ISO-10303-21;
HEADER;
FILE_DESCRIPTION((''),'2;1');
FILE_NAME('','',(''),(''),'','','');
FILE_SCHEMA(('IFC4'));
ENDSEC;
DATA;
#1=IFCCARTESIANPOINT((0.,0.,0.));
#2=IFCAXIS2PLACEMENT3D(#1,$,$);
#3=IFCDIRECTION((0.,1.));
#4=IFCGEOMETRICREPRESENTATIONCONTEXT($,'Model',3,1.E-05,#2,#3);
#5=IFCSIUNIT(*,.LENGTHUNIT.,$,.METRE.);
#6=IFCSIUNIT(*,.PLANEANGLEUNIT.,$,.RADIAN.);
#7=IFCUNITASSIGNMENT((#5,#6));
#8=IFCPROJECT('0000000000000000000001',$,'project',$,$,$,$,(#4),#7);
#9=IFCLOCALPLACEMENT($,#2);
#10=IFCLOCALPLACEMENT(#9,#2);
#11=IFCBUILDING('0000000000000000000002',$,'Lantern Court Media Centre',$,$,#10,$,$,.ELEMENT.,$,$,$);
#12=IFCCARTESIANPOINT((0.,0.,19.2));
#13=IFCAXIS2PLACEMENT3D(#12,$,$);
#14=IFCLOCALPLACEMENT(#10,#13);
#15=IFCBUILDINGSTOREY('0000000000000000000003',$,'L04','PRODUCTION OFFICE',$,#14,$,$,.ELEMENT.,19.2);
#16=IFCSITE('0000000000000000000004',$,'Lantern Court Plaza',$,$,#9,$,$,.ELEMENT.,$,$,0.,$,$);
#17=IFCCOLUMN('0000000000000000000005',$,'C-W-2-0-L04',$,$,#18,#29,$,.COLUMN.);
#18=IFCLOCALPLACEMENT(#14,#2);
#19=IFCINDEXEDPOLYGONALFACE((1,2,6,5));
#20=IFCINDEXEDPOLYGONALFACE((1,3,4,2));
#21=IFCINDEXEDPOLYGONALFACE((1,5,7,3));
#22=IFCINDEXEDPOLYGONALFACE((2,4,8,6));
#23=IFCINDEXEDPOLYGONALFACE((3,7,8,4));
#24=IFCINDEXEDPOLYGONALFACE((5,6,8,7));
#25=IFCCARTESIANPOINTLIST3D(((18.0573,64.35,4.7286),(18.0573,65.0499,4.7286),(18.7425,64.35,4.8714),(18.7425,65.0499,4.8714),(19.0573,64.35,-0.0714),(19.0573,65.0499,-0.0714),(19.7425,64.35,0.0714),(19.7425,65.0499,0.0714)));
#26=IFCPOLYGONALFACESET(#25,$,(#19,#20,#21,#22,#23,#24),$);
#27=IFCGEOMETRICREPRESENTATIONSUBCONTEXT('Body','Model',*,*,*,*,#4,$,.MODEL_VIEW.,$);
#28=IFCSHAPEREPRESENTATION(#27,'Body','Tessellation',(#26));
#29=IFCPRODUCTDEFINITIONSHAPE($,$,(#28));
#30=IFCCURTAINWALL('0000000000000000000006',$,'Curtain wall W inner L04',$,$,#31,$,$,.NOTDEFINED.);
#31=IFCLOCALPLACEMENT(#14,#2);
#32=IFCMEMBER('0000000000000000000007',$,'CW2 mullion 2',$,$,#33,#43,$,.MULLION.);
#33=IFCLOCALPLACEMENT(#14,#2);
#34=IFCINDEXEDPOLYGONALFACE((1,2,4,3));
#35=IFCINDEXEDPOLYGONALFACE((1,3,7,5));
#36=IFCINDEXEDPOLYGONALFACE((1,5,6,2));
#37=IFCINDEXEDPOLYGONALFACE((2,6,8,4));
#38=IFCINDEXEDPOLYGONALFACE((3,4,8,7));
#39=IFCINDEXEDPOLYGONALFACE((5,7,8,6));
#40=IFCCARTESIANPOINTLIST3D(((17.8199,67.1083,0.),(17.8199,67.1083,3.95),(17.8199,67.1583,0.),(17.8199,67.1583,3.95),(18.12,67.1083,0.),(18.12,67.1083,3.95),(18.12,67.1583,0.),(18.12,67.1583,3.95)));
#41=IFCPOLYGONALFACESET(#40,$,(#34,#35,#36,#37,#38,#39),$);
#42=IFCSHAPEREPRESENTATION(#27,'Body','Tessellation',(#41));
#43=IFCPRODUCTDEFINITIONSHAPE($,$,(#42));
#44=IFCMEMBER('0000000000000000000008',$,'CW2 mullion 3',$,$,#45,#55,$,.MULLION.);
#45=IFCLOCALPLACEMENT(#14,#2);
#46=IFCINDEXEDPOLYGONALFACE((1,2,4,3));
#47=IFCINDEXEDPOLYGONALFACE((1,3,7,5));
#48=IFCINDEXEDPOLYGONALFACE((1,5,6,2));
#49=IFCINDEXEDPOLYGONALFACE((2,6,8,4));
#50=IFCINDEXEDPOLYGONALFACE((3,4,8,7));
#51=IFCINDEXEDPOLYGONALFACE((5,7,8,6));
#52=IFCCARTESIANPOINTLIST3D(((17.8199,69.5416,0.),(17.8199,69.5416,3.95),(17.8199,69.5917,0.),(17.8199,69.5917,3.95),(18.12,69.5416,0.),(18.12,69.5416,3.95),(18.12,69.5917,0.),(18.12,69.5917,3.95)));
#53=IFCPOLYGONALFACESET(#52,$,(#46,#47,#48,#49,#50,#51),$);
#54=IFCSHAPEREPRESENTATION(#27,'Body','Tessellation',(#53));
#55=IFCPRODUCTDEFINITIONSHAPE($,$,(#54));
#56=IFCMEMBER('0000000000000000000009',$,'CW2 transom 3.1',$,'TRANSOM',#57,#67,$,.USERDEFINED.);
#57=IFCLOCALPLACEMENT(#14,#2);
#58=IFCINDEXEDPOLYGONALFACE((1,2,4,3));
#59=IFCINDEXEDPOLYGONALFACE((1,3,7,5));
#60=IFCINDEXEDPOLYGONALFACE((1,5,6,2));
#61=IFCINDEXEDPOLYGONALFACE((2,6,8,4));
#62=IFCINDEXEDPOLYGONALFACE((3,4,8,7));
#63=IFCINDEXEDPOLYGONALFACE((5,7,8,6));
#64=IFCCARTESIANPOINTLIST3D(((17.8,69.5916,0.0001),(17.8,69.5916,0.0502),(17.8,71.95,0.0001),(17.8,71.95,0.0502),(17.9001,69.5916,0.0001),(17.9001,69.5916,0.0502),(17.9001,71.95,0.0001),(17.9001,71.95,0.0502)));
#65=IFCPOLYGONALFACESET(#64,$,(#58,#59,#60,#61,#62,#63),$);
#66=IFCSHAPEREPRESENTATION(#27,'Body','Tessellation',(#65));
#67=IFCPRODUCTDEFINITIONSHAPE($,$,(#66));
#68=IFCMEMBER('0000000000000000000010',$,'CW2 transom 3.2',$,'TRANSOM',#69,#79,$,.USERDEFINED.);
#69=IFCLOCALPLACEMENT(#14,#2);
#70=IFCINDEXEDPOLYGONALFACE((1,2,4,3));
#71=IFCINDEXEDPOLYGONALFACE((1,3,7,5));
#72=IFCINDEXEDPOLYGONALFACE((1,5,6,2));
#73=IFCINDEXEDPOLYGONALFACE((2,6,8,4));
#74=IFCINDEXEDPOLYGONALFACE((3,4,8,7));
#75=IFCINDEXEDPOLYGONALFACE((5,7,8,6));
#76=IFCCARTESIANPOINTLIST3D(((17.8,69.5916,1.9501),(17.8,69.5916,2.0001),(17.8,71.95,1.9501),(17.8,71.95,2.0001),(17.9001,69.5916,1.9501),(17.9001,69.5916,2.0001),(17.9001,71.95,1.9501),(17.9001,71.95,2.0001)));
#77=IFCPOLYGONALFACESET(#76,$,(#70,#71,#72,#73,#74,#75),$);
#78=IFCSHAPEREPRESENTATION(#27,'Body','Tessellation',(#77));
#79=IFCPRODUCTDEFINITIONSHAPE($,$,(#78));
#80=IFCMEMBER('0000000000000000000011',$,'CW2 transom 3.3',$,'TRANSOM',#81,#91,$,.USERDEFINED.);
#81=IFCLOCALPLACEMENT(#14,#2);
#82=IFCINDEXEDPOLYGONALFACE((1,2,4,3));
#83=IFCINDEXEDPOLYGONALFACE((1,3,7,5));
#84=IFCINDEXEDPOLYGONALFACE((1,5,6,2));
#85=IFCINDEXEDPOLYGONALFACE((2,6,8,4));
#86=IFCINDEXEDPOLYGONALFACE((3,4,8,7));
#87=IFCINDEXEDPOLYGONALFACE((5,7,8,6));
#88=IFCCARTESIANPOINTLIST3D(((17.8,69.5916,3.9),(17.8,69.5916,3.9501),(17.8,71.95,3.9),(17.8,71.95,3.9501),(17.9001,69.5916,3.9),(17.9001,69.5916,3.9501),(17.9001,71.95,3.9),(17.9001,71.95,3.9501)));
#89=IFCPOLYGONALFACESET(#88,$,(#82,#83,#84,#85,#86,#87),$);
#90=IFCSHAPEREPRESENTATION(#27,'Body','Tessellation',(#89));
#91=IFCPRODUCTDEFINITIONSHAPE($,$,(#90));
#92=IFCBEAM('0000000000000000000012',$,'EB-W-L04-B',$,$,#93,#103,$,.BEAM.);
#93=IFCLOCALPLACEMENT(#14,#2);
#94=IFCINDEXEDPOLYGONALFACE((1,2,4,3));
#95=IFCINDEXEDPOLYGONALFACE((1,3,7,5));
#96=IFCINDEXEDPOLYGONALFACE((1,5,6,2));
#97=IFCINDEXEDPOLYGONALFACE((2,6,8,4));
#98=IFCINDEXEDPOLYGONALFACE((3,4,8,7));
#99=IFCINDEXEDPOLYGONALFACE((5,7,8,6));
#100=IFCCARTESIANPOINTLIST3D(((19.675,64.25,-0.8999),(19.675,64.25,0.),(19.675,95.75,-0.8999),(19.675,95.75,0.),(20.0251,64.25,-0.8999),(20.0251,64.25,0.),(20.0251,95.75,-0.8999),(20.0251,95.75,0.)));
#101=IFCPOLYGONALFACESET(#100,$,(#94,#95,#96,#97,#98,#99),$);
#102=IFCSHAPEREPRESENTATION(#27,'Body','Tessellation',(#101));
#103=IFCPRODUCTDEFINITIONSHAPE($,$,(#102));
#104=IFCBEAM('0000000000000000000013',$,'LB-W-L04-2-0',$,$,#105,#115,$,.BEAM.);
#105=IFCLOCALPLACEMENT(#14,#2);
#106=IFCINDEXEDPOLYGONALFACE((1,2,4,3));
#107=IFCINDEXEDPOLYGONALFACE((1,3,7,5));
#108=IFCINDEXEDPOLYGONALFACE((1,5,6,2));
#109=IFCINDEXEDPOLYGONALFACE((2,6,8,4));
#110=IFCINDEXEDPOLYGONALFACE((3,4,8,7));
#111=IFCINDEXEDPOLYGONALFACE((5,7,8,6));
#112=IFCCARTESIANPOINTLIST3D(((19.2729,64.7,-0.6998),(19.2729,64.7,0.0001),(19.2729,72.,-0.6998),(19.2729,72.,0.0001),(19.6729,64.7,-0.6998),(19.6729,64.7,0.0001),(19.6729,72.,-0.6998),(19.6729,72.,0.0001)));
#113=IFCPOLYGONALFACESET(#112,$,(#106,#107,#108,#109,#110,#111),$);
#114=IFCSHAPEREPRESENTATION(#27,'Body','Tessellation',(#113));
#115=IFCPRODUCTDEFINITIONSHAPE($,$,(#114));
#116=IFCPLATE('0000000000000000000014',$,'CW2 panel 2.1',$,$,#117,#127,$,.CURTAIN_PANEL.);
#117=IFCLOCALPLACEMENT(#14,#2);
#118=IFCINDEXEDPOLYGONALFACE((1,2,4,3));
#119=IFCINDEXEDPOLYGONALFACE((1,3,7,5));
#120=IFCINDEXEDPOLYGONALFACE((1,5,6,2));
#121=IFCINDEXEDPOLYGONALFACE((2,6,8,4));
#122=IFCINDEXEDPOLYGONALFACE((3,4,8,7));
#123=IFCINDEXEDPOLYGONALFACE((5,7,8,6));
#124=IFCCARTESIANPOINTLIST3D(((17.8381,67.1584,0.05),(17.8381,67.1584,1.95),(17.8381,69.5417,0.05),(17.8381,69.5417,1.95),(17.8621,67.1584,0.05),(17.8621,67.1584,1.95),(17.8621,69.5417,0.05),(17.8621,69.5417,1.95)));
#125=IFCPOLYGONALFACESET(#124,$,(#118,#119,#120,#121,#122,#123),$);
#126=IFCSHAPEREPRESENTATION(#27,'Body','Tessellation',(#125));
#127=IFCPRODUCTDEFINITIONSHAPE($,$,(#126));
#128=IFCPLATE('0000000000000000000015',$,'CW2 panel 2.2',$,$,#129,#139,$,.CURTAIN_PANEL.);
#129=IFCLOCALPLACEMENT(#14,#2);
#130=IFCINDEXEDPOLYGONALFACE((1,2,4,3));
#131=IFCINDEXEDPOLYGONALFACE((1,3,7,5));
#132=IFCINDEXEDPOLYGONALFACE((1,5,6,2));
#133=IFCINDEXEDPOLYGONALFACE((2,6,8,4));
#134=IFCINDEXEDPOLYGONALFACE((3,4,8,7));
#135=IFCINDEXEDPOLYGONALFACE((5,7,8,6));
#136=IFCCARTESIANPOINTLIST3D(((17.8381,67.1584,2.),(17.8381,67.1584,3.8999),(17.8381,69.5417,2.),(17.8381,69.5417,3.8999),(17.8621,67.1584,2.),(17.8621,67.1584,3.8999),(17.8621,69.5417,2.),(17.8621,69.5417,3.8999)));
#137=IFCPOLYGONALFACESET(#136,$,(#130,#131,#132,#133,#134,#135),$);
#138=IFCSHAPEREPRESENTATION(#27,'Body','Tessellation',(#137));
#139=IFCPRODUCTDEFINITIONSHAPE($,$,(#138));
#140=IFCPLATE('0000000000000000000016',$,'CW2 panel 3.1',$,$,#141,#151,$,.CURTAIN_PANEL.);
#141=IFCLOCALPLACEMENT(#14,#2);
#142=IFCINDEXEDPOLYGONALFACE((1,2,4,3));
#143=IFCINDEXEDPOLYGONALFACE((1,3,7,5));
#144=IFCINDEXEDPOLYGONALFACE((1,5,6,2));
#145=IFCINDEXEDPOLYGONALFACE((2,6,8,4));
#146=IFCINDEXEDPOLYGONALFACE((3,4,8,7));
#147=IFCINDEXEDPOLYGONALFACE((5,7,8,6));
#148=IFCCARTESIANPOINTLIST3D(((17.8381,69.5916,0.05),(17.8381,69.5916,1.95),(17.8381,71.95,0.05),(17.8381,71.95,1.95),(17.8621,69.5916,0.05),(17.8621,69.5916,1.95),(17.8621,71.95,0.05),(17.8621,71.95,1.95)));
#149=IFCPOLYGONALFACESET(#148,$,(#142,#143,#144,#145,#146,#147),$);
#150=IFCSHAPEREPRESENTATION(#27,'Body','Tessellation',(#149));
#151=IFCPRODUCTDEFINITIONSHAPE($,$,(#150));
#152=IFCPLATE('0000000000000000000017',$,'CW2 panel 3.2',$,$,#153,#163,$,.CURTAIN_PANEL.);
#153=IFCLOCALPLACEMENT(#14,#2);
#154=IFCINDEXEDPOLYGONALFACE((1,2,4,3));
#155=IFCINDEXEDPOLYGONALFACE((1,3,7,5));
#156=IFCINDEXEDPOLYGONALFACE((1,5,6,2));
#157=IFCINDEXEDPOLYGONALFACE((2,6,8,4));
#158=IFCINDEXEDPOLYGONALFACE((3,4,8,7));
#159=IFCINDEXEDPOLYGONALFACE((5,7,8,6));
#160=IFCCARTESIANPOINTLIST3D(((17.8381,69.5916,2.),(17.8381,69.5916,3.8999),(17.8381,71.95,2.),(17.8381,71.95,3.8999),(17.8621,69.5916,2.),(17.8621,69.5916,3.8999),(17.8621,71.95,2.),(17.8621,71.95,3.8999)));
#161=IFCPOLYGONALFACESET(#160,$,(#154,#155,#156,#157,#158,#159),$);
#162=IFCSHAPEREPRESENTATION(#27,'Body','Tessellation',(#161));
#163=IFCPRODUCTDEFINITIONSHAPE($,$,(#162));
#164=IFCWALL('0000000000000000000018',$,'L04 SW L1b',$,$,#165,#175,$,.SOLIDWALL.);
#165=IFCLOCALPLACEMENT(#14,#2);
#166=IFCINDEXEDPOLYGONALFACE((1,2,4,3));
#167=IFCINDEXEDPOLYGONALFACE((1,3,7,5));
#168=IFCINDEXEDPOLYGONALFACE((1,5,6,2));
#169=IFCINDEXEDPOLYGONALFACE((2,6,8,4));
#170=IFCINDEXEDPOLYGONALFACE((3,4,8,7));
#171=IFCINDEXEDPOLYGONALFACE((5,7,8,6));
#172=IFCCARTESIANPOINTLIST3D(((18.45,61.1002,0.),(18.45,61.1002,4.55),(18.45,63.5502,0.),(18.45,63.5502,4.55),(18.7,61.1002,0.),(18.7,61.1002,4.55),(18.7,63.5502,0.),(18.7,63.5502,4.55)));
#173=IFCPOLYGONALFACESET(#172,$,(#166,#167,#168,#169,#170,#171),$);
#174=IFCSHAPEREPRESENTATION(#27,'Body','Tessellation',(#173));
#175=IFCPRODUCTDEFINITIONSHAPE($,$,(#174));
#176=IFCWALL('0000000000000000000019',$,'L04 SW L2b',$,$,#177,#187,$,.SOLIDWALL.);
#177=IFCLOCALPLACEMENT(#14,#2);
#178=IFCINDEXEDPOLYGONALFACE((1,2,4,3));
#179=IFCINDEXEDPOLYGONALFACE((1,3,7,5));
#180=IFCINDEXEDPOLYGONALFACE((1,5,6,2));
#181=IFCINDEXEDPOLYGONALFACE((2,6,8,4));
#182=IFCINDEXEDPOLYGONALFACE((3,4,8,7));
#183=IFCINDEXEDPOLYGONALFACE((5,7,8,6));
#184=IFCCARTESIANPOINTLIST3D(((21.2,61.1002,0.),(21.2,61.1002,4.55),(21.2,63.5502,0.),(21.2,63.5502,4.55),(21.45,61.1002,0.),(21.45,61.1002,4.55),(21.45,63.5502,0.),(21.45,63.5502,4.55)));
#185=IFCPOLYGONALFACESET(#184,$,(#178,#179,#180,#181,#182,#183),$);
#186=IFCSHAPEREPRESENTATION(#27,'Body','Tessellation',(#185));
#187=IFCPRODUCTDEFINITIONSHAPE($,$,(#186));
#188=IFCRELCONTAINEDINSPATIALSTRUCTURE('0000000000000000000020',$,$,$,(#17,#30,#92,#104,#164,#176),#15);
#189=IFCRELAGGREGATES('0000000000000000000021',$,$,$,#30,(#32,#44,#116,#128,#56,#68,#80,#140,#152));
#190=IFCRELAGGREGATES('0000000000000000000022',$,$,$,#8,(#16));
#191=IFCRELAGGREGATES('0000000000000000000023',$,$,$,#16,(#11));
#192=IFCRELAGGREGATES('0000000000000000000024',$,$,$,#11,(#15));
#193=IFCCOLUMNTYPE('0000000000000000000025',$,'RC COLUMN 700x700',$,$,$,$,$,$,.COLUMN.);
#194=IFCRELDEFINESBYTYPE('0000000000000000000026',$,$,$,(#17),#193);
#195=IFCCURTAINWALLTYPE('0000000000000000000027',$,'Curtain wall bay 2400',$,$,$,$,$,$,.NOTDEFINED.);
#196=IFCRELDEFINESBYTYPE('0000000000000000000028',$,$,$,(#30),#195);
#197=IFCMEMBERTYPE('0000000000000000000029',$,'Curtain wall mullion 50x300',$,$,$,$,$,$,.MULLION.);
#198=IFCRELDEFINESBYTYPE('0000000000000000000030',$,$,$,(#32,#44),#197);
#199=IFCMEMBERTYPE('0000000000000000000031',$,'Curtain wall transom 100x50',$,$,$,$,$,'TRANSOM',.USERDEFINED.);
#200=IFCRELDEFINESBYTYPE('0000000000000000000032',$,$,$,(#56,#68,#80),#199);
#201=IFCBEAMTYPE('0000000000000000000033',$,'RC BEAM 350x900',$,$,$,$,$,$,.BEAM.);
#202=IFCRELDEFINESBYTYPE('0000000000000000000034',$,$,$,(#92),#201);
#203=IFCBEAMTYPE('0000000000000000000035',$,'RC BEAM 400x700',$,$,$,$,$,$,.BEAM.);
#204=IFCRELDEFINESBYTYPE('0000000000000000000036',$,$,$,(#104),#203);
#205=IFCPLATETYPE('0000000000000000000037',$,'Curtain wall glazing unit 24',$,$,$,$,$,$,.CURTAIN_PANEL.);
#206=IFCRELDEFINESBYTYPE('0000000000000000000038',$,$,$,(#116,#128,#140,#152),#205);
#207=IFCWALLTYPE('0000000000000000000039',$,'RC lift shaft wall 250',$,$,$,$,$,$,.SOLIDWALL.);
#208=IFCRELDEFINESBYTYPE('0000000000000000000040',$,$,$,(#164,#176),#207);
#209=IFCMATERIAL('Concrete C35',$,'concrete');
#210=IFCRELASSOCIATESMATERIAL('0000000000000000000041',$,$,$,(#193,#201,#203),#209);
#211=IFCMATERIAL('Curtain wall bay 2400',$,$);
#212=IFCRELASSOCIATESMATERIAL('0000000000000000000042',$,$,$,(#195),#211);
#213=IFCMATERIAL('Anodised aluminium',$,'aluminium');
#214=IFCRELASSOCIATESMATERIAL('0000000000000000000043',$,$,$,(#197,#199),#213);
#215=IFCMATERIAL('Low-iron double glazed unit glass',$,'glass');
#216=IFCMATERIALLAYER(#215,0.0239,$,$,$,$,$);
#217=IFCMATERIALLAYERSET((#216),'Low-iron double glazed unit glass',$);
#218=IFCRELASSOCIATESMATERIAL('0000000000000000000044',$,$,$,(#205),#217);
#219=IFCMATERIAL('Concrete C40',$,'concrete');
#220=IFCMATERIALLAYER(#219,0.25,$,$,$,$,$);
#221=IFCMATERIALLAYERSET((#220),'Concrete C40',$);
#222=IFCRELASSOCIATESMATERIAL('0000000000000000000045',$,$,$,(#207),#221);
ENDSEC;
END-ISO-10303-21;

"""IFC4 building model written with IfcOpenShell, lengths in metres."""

from ifc_helpers import new_model, si_unit, direction, frame, frame_2d, origin, origin_2d, place, context, subcontext, project, spatial, rectangle, extrude, material, layer, layer_set, material_profile, profile_set, type_object, element, aggregate, save


model = new_model("IFC4")

# Units and contexts
model_context = context("Model", 3, precision=1e-05, world=origin(), true_north=direction((0.0, 1.0)))
body_context = subcontext(model_context, "Body", "Model", "MODEL_VIEW")
ifc_project = project(units=[si_unit("LENGTHUNIT", "METRE"), si_unit("PLANEANGLEUNIT", "RADIAN")], contexts=[model_context])

# Site, building, storey
site_placement = place(None, origin())
site = spatial("IfcSite", under=ifc_project, at=site_placement, Name="Lantern Court Plaza", CompositionType="ELEMENT", RefElevation=0.0)
building_placement = place(site_placement, origin())
building = spatial("IfcBuilding", under=site, at=building_placement, Name="Lantern Court Media Centre", CompositionType="ELEMENT")
storey_placement = place(building_placement, frame((0.0, 0.0, 19.2)))
storey = spatial("IfcBuildingStorey", under=building, at=storey_placement, Name="L04", Description="PRODUCTION OFFICE", CompositionType="ELEMENT", Elevation=19.2)

# Column
ifc_material_1 = material(Name="Concrete C35", Category="concrete")
ifc_material_profile_1 = material_profile(ifc_material_1, rectangle(XDim=0.7, YDim=0.7, at=origin_2d()), Name="RC 700x700")
ifc_profile_set_1 = profile_set([ifc_material_profile_1], Name="Concrete C35")
column_type = type_object("IfcColumnType", Name="RC COLUMN 700x700", PredefinedType="COLUMN", material=ifc_profile_set_1)
column_placement = place(storey_placement, frame((19.3999, 64.7, 0.0), z_axis=(-0.203952, 0.0, 0.978981), x_axis=(0.0, -1.0, 0.0)))
element("IfcColumn", 1, at=column_placement, inside=storey, type_object=column_type, Name="C-W-2-0-L04", PredefinedType="COLUMN", context=body_context, shape_type="SweptSolid", body=[
    extrude(rectangle(XDim=0.7, YDim=0.7, at=origin_2d()), origin(), (0.0, 0.0, 1.0), 4.9031),
])

# Curtain wall, members
ifc_material_2 = material(Name="Curtain wall bay 2400")
curtain_wall_type = type_object("IfcCurtainWallType", Name="Curtain wall bay 2400", PredefinedType="NOTDEFINED", material=ifc_material_2)
curtain_wall_placement = place(storey_placement, origin())
curtain_wall = element("IfcCurtainWall", 2, at=curtain_wall_placement, inside=storey, type_object=curtain_wall_type, Name="Curtain wall W inner L04", PredefinedType="NOTDEFINED")
ifc_material_3 = material(Name="Anodised aluminium", Category="aluminium")
ifc_material_profile_2 = material_profile(ifc_material_3, rectangle(XDim=0.3, YDim=0.05, at=origin_2d()), Name="AL 50x300")
ifc_profile_set_2 = profile_set([ifc_material_profile_2], Name="Anodised aluminium")
member_type_1 = type_object("IfcMemberType", Name="Curtain wall mullion 50x300", PredefinedType="MULLION", material=ifc_profile_set_2)
member_1_placement = place(storey_placement, frame((17.97, 67.1333, 0.0), z_axis=(0.0, 0.0, 1.0), x_axis=(-1.0, 0.0, 0.0)))
member_1 = element("IfcMember", 3, at=member_1_placement, type_object=member_type_1, Name="CW2 mullion 2", PredefinedType="MULLION", context=body_context, shape_type="SweptSolid", body=[
    extrude(rectangle(XDim=0.3, YDim=0.05, at=origin_2d()), origin(), (0.0, 0.0, 1.0), 3.95),
])
member_2_placement = place(storey_placement, frame((17.97, 69.5667, 0.0), z_axis=(0.0, 0.0, 1.0), x_axis=(-1.0, 0.0, 0.0)))
member_2 = element("IfcMember", 4, at=member_2_placement, type_object=member_type_1, Name="CW2 mullion 3", PredefinedType="MULLION", context=body_context, shape_type="SweptSolid", body=[
    extrude(rectangle(XDim=0.3, YDim=0.05, at=origin_2d()), origin(), (0.0, 0.0, 1.0), 3.95),
])
ifc_material_profile_3 = material_profile(ifc_material_3, rectangle(XDim=0.1001, YDim=0.05, at=origin_2d()), Name="AL 50x100")
ifc_profile_set_3 = profile_set([ifc_material_profile_3], Name="Anodised aluminium")
member_type_2 = type_object("IfcMemberType", Name="Curtain wall transom 100x50", ElementType="TRANSOM", PredefinedType="USERDEFINED", material=ifc_profile_set_3)
member_3_placement = place(storey_placement, frame((17.8501, 69.5916, 0.0251), z_axis=(0.0, 1.0, 0.0), x_axis=(-1.0, 0.0, 0.0)))
member_3 = element("IfcMember", 5, at=member_3_placement, type_object=member_type_2, Name="CW2 transom 3.1", ObjectType="TRANSOM", PredefinedType="USERDEFINED", context=body_context, shape_type="SweptSolid", body=[
    extrude(rectangle(XDim=0.1001, YDim=0.05, at=origin_2d()), origin(), (0.0, 0.0, 1.0), 2.3584),
])
member_4_placement = place(storey_placement, frame((17.8501, 69.5916, 1.9751), z_axis=(0.0, 1.0, 0.0), x_axis=(-1.0, 0.0, 0.0)))
member_4 = element("IfcMember", 6, at=member_4_placement, type_object=member_type_2, Name="CW2 transom 3.2", ObjectType="TRANSOM", PredefinedType="USERDEFINED", context=body_context, shape_type="SweptSolid", body=[
    extrude(rectangle(XDim=0.1001, YDim=0.05, at=origin_2d()), origin(), (0.0, 0.0, 1.0), 2.3584),
])
member_5_placement = place(storey_placement, frame((17.8501, 69.5916, 3.925), z_axis=(0.0, 1.0, 0.0), x_axis=(-1.0, 0.0, 0.0)))
member_5 = element("IfcMember", 7, at=member_5_placement, type_object=member_type_2, Name="CW2 transom 3.3", ObjectType="TRANSOM", PredefinedType="USERDEFINED", context=body_context, shape_type="SweptSolid", body=[
    extrude(rectangle(XDim=0.1001, YDim=0.05, at=origin_2d()), origin(), (0.0, 0.0, 1.0), 2.3584),
])

# Beams
ifc_material_profile_4 = material_profile(ifc_material_1, rectangle(XDim=0.3501, YDim=0.8999, at=origin_2d()), Name="RC 350x900")
ifc_profile_set_4 = profile_set([ifc_material_profile_4], Name="Concrete C35")
beam_type_1 = type_object("IfcBeamType", Name="RC BEAM 350x900", PredefinedType="BEAM", material=ifc_profile_set_4)
beam_1_placement = place(storey_placement, frame((19.8501, 64.25, -0.45), z_axis=(0.0, 1.0, 0.0), x_axis=(-1.0, 0.0, 0.0)))
element("IfcBeam", 8, at=beam_1_placement, inside=storey, type_object=beam_type_1, Name="EB-W-L04-B", PredefinedType="BEAM", context=body_context, shape_type="SweptSolid", body=[
    extrude(rectangle(XDim=0.3501, YDim=0.8999, at=origin_2d()), origin(), (0.0, 0.0, 1.0), 31.5),
])
ifc_material_profile_5 = material_profile(ifc_material_1, rectangle(XDim=0.3999, YDim=0.7, at=origin_2d()), Name="RC 400x700")
ifc_profile_set_5 = profile_set([ifc_material_profile_5], Name="Concrete C35")
beam_type_2 = type_object("IfcBeamType", Name="RC BEAM 400x700", PredefinedType="BEAM", material=ifc_profile_set_5)
beam_2_placement = place(storey_placement, frame((19.4729, 64.7, -0.3499), z_axis=(0.0, 1.0, 0.0), x_axis=(-1.0, 0.0, 0.0)))
element("IfcBeam", 9, at=beam_2_placement, inside=storey, type_object=beam_type_2, Name="LB-W-L04-2-0", PredefinedType="BEAM", context=body_context, shape_type="SweptSolid", body=[
    extrude(rectangle(XDim=0.3999, YDim=0.7, at=origin_2d()), origin(), (0.0, 0.0, 1.0), 7.3),
])

# Plates
ifc_material_4 = material(Name="Low-iron double glazed unit glass", Category="glass")
ifc_layer_1 = layer(ifc_material_4, 0.0239)
ifc_layer_set_1 = layer_set([ifc_layer_1], Name="Low-iron double glazed unit glass")
plate_type = type_object("IfcPlateType", Name="Curtain wall glazing unit 24", PredefinedType="CURTAIN_PANEL", material=ifc_layer_set_1)
plate_1_placement = place(storey_placement, frame((17.8501, 68.3501, 0.05), z_axis=(0.0, 0.0, 1.0), x_axis=(0.0, 1.0, 0.0)))
plate_1 = element("IfcPlate", 10, at=plate_1_placement, type_object=plate_type, Name="CW2 panel 2.1", PredefinedType="CURTAIN_PANEL", context=body_context, shape_type="SweptSolid", body=[
    extrude(rectangle(XDim=2.3833, YDim=0.0239, at=origin_2d()), origin(), (0.0, 0.0, 1.0), 1.8999),
])
plate_2_placement = place(storey_placement, frame((17.8501, 68.3501, 2.0), z_axis=(0.0, 0.0, 1.0), x_axis=(0.0, 1.0, 0.0)))
plate_2 = element("IfcPlate", 11, at=plate_2_placement, type_object=plate_type, Name="CW2 panel 2.2", PredefinedType="CURTAIN_PANEL", context=body_context, shape_type="SweptSolid", body=[
    extrude(rectangle(XDim=2.3833, YDim=0.0239, at=origin_2d()), origin(), (0.0, 0.0, 1.0), 1.8999),
])
plate_3_placement = place(storey_placement, frame((17.8501, 70.7708, 0.05), z_axis=(0.0, 0.0, 1.0), x_axis=(0.0, 1.0, 0.0)))
plate_3 = element("IfcPlate", 12, at=plate_3_placement, type_object=plate_type, Name="CW2 panel 3.1", PredefinedType="CURTAIN_PANEL", context=body_context, shape_type="SweptSolid", body=[
    extrude(rectangle(XDim=2.3584, YDim=0.0239, at=origin_2d()), origin(), (0.0, 0.0, 1.0), 1.8999),
])
plate_4_placement = place(storey_placement, frame((17.8501, 70.7708, 2.0), z_axis=(0.0, 0.0, 1.0), x_axis=(0.0, 1.0, 0.0)))
plate_4 = element("IfcPlate", 13, at=plate_4_placement, type_object=plate_type, Name="CW2 panel 3.2", PredefinedType="CURTAIN_PANEL", context=body_context, shape_type="SweptSolid", body=[
    extrude(rectangle(XDim=2.3584, YDim=0.0239, at=origin_2d()), origin(), (0.0, 0.0, 1.0), 1.8999),
])
aggregate(curtain_wall, [member_1, member_2, plate_1, plate_2, member_3, member_4, member_5, plate_3, plate_4])

# Walls
ifc_material_5 = material(Name="Concrete C40", Category="concrete")
ifc_layer_2 = layer(ifc_material_5, 0.25)
ifc_layer_set_2 = layer_set([ifc_layer_2], Name="Concrete C40")
wall_type = type_object("IfcWallType", Name="RC lift shaft wall 250", PredefinedType="SOLIDWALL", material=ifc_layer_set_2)
for number, where, z_axis, x_axis, name in (
    (14, (18.575, 61.1001, 0.0), (0.0, 0.0, 1.0), (0.0, 1.0, 0.0), "L04 SW L1b"),
    (15, (21.325, 61.1001, 0.0), (0.0, 0.0, 1.0), (0.0, 1.0, 0.0), "L04 SW L2b"),
):
    element("IfcWall", number, at=place(storey_placement, frame(where, z_axis=z_axis, x_axis=x_axis)), inside=storey, type_object=wall_type, Name=name, PredefinedType="SOLIDWALL", context=body_context, shape_type="SweptSolid", body=[
        extrude(rectangle(XDim=2.45, YDim=0.25, at=frame_2d((1.2251, 0.0))), origin(), (0.0, 0.0, 1.0), 4.55),
    ])

save(model, "model.ifc")
